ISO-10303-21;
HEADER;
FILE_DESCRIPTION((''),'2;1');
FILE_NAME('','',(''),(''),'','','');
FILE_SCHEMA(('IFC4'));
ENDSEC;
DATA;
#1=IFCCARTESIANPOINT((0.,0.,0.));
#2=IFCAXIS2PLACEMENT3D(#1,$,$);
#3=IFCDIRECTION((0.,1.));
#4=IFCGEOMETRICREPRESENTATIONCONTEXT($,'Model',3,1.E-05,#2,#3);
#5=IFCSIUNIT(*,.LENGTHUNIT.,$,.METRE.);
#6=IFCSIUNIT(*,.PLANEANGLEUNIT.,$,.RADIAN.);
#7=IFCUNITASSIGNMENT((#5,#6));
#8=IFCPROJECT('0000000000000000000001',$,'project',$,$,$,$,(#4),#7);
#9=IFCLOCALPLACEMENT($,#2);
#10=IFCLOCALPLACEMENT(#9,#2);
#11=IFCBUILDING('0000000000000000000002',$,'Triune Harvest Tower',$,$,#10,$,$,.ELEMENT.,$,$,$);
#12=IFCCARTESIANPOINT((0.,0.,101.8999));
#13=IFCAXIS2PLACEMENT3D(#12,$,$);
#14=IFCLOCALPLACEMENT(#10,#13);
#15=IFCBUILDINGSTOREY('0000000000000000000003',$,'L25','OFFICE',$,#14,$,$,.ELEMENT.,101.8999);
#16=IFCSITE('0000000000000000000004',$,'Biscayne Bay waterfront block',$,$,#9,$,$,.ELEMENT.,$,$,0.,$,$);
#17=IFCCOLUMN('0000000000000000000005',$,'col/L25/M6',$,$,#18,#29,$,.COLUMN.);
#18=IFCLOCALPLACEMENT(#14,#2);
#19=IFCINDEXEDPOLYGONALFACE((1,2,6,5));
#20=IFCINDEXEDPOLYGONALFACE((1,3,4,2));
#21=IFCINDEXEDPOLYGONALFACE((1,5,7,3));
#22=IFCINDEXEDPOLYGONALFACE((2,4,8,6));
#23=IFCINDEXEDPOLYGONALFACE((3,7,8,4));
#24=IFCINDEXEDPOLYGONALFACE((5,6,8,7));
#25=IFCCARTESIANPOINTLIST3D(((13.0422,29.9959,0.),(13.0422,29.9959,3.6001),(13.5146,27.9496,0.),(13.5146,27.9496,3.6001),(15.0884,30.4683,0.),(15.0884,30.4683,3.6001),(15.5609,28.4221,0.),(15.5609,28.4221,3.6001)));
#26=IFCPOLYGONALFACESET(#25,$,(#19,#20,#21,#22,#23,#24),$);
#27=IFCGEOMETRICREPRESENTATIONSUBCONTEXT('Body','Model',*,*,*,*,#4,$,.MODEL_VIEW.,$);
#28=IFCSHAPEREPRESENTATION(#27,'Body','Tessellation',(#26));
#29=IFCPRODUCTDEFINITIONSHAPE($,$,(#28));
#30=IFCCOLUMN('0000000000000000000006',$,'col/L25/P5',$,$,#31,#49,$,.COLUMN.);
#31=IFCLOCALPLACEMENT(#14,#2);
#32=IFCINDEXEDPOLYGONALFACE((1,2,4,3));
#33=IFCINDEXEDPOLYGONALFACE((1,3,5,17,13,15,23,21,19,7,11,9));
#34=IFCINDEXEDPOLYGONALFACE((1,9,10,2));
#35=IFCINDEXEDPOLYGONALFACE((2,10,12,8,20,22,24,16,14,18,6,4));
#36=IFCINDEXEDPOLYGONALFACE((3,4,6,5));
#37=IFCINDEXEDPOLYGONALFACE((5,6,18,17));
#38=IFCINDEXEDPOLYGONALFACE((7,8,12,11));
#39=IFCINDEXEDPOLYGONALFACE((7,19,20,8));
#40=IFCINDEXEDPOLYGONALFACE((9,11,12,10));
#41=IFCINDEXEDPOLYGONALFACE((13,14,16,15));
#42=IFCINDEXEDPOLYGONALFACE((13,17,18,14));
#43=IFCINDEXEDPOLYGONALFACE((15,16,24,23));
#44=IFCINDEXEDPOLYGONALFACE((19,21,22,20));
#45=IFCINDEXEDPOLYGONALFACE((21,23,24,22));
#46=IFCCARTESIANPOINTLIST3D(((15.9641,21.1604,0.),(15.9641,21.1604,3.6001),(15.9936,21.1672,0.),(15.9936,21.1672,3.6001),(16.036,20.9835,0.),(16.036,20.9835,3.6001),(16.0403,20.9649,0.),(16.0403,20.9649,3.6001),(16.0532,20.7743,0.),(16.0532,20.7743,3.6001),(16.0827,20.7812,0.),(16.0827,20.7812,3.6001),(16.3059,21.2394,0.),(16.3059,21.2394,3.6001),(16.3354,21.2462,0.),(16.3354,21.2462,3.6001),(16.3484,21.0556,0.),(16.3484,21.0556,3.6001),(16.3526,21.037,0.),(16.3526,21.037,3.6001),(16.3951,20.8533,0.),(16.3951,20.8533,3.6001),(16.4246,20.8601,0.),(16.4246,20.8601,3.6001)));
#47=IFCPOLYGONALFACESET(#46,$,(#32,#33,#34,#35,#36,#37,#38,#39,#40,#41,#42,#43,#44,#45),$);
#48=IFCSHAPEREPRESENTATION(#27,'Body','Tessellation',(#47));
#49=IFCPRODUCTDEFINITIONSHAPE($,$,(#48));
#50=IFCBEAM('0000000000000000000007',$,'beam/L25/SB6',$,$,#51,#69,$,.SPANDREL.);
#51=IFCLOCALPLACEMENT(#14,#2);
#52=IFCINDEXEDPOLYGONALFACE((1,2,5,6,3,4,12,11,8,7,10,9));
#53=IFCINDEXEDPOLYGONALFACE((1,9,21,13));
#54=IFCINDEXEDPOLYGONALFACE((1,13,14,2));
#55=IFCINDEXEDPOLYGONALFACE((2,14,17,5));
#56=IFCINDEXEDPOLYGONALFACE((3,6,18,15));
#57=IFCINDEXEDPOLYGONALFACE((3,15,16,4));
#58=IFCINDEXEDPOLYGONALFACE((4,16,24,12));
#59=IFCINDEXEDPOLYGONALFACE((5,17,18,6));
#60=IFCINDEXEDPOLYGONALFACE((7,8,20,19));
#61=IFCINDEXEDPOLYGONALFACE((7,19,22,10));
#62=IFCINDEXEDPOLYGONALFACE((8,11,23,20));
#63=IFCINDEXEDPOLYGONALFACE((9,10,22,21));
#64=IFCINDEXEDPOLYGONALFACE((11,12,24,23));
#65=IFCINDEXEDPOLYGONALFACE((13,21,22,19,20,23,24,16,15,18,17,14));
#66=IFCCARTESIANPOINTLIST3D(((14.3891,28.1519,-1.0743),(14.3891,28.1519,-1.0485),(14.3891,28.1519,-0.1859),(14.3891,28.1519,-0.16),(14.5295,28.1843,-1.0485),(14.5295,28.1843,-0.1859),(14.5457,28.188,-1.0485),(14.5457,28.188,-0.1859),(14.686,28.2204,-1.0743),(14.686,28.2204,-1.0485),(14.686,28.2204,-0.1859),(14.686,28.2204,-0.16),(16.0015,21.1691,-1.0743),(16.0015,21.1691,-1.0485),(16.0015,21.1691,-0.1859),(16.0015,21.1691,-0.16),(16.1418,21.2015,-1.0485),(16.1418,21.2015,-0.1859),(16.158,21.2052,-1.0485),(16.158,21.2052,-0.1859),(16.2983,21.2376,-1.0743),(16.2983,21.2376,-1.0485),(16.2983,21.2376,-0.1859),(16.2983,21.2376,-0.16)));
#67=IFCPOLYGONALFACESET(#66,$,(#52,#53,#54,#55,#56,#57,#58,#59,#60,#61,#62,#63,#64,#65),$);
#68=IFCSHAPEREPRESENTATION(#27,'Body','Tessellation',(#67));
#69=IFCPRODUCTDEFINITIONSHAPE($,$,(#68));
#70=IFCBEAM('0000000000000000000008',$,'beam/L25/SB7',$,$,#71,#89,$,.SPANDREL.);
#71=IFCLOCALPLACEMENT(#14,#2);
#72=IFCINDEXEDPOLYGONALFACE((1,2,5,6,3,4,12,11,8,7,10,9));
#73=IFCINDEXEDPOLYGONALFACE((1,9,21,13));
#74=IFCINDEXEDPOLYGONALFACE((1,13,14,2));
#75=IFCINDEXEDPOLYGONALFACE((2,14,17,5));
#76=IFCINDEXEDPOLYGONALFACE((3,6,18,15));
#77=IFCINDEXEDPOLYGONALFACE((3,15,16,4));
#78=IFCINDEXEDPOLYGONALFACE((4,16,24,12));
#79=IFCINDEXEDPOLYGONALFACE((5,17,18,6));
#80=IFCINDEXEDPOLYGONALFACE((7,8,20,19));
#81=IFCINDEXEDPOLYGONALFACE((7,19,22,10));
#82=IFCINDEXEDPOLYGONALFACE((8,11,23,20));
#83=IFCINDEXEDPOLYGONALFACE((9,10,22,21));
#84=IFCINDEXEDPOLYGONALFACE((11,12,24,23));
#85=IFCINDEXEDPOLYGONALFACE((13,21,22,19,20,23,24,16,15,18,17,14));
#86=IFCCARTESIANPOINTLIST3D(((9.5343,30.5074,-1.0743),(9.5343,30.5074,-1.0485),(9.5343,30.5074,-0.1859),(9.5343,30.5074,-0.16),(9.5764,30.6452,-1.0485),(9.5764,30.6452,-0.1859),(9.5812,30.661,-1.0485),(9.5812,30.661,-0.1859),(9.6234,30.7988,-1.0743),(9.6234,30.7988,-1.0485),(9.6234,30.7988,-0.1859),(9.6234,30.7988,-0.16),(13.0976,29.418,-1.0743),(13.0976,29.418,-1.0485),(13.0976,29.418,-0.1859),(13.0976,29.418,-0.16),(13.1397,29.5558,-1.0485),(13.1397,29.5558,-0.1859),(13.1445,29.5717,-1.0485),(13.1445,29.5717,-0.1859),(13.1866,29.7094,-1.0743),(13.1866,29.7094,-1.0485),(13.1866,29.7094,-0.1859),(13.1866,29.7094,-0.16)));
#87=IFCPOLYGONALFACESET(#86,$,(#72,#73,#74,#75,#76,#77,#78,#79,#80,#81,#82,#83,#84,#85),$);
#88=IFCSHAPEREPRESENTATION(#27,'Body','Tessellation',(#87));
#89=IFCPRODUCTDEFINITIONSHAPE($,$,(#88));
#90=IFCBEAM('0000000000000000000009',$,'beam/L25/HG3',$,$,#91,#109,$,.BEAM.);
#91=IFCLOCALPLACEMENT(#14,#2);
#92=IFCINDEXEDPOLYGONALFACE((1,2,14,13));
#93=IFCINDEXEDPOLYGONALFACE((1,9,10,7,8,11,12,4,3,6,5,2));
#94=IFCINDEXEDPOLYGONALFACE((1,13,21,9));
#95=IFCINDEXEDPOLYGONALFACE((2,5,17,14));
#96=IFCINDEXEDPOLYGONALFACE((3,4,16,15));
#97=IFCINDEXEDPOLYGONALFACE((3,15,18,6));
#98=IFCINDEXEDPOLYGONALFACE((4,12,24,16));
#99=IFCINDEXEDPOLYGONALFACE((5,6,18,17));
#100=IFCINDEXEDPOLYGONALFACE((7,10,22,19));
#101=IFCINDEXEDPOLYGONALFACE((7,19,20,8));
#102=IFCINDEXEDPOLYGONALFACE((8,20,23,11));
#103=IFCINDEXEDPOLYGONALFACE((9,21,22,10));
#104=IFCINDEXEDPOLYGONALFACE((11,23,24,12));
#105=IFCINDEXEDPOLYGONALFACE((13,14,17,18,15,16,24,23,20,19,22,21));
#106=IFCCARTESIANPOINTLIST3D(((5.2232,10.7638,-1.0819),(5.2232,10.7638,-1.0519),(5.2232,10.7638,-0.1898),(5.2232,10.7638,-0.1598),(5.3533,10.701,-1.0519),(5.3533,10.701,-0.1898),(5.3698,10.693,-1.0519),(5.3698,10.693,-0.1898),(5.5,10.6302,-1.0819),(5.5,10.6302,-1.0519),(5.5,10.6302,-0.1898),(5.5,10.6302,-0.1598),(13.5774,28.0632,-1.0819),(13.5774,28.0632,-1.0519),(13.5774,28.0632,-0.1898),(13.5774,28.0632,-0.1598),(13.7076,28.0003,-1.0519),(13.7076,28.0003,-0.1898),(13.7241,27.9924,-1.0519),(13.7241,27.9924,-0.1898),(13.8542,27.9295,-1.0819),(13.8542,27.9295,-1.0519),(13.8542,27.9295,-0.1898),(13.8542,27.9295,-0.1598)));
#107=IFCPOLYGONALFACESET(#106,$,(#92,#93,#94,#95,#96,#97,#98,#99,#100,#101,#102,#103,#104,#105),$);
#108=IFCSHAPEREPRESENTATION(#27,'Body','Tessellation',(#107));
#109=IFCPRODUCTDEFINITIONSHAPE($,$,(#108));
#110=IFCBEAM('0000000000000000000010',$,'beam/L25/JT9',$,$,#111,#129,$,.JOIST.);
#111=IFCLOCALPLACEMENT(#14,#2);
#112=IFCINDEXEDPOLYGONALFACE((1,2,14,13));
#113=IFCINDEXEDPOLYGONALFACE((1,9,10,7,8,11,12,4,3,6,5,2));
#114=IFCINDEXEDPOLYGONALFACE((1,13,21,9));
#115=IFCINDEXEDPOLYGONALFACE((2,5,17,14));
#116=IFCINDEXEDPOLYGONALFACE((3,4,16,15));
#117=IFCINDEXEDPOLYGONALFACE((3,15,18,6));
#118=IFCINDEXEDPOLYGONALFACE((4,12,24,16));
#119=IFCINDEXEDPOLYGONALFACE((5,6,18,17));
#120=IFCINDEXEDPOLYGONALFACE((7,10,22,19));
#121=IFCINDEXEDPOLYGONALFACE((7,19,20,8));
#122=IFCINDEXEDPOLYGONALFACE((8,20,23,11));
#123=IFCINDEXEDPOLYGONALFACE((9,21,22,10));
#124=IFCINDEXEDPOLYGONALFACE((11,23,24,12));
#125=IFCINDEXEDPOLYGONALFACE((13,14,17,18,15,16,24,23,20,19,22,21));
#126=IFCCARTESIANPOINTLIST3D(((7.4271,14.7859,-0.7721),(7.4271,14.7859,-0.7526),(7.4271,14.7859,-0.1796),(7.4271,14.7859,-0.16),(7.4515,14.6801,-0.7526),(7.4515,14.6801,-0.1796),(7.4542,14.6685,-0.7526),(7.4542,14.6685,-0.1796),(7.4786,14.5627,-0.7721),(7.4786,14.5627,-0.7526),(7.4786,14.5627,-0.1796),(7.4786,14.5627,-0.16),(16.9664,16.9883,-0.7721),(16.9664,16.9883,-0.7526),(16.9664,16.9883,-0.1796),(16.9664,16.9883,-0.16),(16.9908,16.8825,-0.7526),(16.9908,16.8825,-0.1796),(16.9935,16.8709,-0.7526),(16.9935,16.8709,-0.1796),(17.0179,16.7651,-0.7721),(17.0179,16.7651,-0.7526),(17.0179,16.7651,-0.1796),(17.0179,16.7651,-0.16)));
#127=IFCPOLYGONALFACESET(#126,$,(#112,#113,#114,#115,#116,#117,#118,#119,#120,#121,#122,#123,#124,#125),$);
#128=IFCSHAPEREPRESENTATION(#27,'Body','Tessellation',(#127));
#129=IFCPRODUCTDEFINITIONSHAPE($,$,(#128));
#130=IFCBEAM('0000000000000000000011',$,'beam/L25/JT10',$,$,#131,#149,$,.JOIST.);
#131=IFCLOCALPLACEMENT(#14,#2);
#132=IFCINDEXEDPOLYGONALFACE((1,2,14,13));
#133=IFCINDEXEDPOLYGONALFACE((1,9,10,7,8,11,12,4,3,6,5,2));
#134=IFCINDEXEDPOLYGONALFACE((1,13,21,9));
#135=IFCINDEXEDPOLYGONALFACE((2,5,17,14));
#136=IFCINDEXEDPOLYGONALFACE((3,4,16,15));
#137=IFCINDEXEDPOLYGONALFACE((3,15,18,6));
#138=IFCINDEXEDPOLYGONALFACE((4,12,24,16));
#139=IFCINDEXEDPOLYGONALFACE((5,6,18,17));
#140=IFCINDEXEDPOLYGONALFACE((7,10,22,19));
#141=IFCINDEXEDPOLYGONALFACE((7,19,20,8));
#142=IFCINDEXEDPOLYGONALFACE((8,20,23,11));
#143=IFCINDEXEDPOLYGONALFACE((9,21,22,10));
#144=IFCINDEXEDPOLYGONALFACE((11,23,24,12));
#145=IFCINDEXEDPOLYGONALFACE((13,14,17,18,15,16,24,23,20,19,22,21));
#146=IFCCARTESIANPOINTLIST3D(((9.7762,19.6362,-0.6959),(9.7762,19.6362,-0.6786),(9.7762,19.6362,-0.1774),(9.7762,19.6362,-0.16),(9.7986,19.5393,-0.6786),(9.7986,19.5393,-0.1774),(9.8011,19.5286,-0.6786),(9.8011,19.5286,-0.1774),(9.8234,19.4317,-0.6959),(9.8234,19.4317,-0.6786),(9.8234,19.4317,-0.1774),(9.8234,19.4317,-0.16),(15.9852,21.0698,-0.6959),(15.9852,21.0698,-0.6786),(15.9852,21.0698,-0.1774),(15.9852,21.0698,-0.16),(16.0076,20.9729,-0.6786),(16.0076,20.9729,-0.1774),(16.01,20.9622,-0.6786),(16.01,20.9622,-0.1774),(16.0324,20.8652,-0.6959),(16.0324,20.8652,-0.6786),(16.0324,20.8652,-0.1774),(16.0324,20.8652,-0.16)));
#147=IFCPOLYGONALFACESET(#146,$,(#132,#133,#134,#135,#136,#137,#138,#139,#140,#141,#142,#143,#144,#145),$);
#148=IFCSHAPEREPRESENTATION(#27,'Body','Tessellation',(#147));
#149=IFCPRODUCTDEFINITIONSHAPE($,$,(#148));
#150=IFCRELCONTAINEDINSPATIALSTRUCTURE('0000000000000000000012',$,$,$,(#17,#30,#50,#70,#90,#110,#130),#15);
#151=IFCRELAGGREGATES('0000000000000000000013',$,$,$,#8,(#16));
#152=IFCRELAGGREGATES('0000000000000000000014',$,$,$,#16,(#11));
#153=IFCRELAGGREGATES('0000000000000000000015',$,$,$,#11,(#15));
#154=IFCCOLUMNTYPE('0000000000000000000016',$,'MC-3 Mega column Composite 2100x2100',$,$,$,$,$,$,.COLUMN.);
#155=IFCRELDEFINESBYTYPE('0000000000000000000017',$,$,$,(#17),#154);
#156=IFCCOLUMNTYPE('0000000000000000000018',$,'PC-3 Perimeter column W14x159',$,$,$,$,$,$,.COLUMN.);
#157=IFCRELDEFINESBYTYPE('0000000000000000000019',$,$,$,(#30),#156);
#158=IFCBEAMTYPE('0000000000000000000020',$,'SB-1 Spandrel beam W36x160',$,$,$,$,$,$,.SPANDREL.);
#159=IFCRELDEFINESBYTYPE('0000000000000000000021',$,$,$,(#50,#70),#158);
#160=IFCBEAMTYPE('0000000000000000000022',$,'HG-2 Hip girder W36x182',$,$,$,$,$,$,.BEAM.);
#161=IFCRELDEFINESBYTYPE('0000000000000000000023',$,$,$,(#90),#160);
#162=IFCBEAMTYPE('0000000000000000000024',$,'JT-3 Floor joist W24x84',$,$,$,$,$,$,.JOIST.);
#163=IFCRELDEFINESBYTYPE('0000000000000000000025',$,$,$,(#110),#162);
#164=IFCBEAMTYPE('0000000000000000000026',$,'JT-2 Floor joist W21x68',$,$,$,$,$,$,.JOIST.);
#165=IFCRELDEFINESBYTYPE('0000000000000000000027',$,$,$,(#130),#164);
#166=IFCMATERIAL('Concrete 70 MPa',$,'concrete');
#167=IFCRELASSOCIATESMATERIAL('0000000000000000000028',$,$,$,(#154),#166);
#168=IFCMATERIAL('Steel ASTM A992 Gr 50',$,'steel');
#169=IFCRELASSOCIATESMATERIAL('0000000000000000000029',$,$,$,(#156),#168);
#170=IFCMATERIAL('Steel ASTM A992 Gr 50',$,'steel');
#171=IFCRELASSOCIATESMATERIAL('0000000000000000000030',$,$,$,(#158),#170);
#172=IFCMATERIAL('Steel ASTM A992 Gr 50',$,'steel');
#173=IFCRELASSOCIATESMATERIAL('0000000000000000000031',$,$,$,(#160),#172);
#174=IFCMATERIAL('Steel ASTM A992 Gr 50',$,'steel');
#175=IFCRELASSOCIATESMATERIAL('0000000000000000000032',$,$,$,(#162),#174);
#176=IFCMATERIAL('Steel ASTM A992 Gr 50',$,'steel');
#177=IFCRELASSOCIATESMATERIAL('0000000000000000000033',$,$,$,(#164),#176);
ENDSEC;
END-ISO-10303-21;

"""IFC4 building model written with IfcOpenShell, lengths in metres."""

from ifc_helpers import new_model, si_unit, direction, frame, origin, origin_2d, place, context, subcontext, project, spatial, rectangle, i_section, extrude, source, transform, mapped, material, material_profile, profile_set, type_object, element, save


model = new_model("IFC4")

# Units and contexts
model_context = context("Model", 3, precision=1e-05, world=origin(), true_north=direction((0.0, 1.0)))
body_context = subcontext(model_context, "Body", "Model", "MODEL_VIEW")
ifc_project = project(units=[si_unit("LENGTHUNIT", "METRE"), si_unit("PLANEANGLEUNIT", "RADIAN")], contexts=[model_context])

# Site, building, storey
site_placement = place(None, origin())
site = spatial("IfcSite", under=ifc_project, at=site_placement, Name="Biscayne Bay waterfront block", CompositionType="ELEMENT", RefElevation=0.0)
building_placement = place(site_placement, origin())
building = spatial("IfcBuilding", under=site, at=building_placement, Name="Triune Harvest Tower", CompositionType="ELEMENT")
storey_placement = place(building_placement, frame((0.0, 0.0, 101.8999)))
storey = spatial("IfcBuildingStorey", under=building, at=storey_placement, Name="L25", Description="OFFICE", CompositionType="ELEMENT", Elevation=101.8999)

# Columns
ifc_material_1 = material(Name="Concrete 70 MPa", Category="concrete")
ifc_material_profile_1 = material_profile(ifc_material_1, rectangle(XDim=2.1001, YDim=2.1001, at=origin_2d()), Name="Composite 2100x2100")
ifc_profile_set_1 = profile_set([ifc_material_profile_1], Name="Concrete 70 MPa")
column_type_1 = type_object("IfcColumnType", Name="MC-3 Mega column Composite 2100x2100", PredefinedType="COLUMN", material=ifc_profile_set_1)
shared_shape_1 = source(origin(), body_context, "Body", "SweptSolid", [
    extrude(rectangle(XDim=2.1001, YDim=2.1001, at=origin_2d()), origin(), (0.0, 0.0, 1.0), 3.6001),
])
column_1_placement = place(storey_placement, frame((14.3015, 29.209, 0.0), z_axis=(0.0, 0.0, 1.0), x_axis=(-0.224953, 0.97437, 0.0)))
element("IfcColumn", 1, at=column_1_placement, inside=storey, type_object=column_type_1, Name="col/L25/M6", PredefinedType="COLUMN", context=body_context, shape_type="MappedRepresentation", body=[
    mapped(shared_shape_1, transform((0.0, 0.0, 0.0), scale=1.0)),
])
ifc_material_2 = material(Name="Steel ASTM A992 Gr 50", Category="steel")
ifc_material_profile_2 = material_profile(ifc_material_2, i_section(OverallWidth=0.3962, OverallDepth=0.3811, WebThickness=0.019, FlangeThickness=0.0303, at=origin_2d()), Name="W14x159")
ifc_profile_set_2 = profile_set([ifc_material_profile_2], Name="Steel ASTM A992 Gr 50")
column_type_2 = type_object("IfcColumnType", Name="PC-3 Perimeter column W14x159", PredefinedType="COLUMN", material=ifc_profile_set_2)
shared_shape_2 = source(origin(), body_context, "Body", "SweptSolid", [
    extrude(i_section(OverallWidth=0.3962, OverallDepth=0.3811, WebThickness=0.019, FlangeThickness=0.0303, at=origin_2d()), origin(), (0.0, 0.0, 1.0), 3.6001),
])
column_2_placement = place(storey_placement, frame((16.1943, 21.0103, 0.0), z_axis=(0.0, 0.0, 1.0), x_axis=(-0.224953, 0.97437, 0.0)))
element("IfcColumn", 2, at=column_2_placement, inside=storey, type_object=column_type_2, Name="col/L25/P5", PredefinedType="COLUMN", context=body_context, shape_type="MappedRepresentation", body=[
    mapped(shared_shape_2, transform((0.0, 0.0, 0.0), scale=1.0)),
])

# Beams
ifc_material_3 = material(Name="Steel ASTM A992 Gr 50", Category="steel")
ifc_material_profile_3 = material_profile(ifc_material_3, i_section(OverallWidth=0.3047, OverallDepth=0.9143, WebThickness=0.0166, FlangeThickness=0.0259, at=origin_2d()), Name="W36x160")
ifc_profile_set_3 = profile_set([ifc_material_profile_3], Name="Steel ASTM A992 Gr 50")
beam_type_1 = type_object("IfcBeamType", Name="SB-1 Spandrel beam W36x160", PredefinedType="SPANDREL", material=ifc_profile_set_3)
shared_shape_3 = source(origin(), body_context, "Body", "SweptSolid", [
    extrude(i_section(OverallWidth=0.3047, OverallDepth=0.9143, WebThickness=0.0166, FlangeThickness=0.0259, at=origin_2d()), origin(), (0.0, 0.0, 1.0), 7.1665),
])
beam_1_placement = place(storey_placement, frame((16.1499, 21.2034, -0.6172), z_axis=(-0.224981, 0.974363, 0.0), x_axis=(-0.974363, -0.224981, 0.0)))
element("IfcBeam", 3, at=beam_1_placement, inside=storey, type_object=beam_type_1, Name="beam/L25/SB6", PredefinedType="SPANDREL", context=body_context, shape_type="MappedRepresentation", body=[
    mapped(shared_shape_3, transform((0.0, 0.0, 0.0), scale=1.0)),
])
shared_shape_4 = source(origin(), body_context, "Body", "SweptSolid", [
    extrude(i_section(OverallWidth=0.3047, OverallDepth=0.9143, WebThickness=0.0166, FlangeThickness=0.0259, at=origin_2d()), origin(), (0.0, 0.0, 1.0), 3.7261),
])
beam_2_placement = place(storey_placement, frame((13.1421, 29.5637, -0.6172), z_axis=(-0.956307, 0.292363, 0.0), x_axis=(-0.292363, -0.956307, 0.0)))
element("IfcBeam", 4, at=beam_2_placement, inside=storey, type_object=beam_type_1, Name="beam/L25/SB7", PredefinedType="SPANDREL", context=body_context, shape_type="MappedRepresentation", body=[
    mapped(shared_shape_4, transform((0.0, 0.0, 0.0), scale=1.0)),
])
ifc_material_4 = material(Name="Steel ASTM A992 Gr 50", Category="steel")
ifc_material_profile_4 = material_profile(ifc_material_4, i_section(OverallWidth=0.3074, OverallDepth=0.9221, WebThickness=0.0183, FlangeThickness=0.03, at=origin_2d()), Name="W36x182")
ifc_profile_set_4 = profile_set([ifc_material_profile_4], Name="Steel ASTM A992 Gr 50")
beam_type_2 = type_object("IfcBeamType", Name="HG-2 Hip girder W36x182", PredefinedType="BEAM", material=ifc_profile_set_4)
shared_shape_5 = source(origin(), body_context, "Body", "SweptSolid", [
    extrude(i_section(OverallWidth=0.3074, OverallDepth=0.9221, WebThickness=0.0183, FlangeThickness=0.03, at=origin_2d()), origin(), (0.0, 0.0, 1.0), 19.2109),
])
beam_3_placement = place(storey_placement, frame((13.7158, 27.9963, -0.6208), z_axis=(-0.43487, -0.900493, 0.0), x_axis=(0.900493, -0.43487, 0.0)))
element("IfcBeam", 5, at=beam_3_placement, inside=storey, type_object=beam_type_2, Name="beam/L25/HG3", PredefinedType="BEAM", context=body_context, shape_type="MappedRepresentation", body=[
    mapped(shared_shape_5, transform((0.0, 0.0, 0.0), scale=1.0)),
])
ifc_material_5 = material(Name="Steel ASTM A992 Gr 50", Category="steel")
ifc_material_profile_5 = material_profile(ifc_material_5, i_section(OverallWidth=0.229, OverallDepth=0.6121, WebThickness=0.012, FlangeThickness=0.0195, at=origin_2d()), Name="W24x84")
ifc_profile_set_5 = profile_set([ifc_material_profile_5], Name="Steel ASTM A992 Gr 50")
beam_type_3 = type_object("IfcBeamType", Name="JT-3 Floor joist W24x84", PredefinedType="JOIST", material=ifc_profile_set_5)
shared_shape_6 = source(origin(), body_context, "Body", "SweptSolid", [
    extrude(i_section(OverallWidth=0.229, OverallDepth=0.6121, WebThickness=0.012, FlangeThickness=0.0195, at=origin_2d()), origin(), (0.0, 0.0, 1.0), 9.7903),
])
beam_4_placement = place(storey_placement, frame((16.9922, 16.8767, -0.4661), z_axis=(-0.974368, -0.224958, 0.0), x_axis=(0.224958, -0.974368, 0.0)))
element("IfcBeam", 6, at=beam_4_placement, inside=storey, type_object=beam_type_3, Name="beam/L25/JT9", PredefinedType="JOIST", context=body_context, shape_type="MappedRepresentation", body=[
    mapped(shared_shape_6, transform((0.0, 0.0, 0.0), scale=1.0)),
])
ifc_material_6 = material(Name="Steel ASTM A992 Gr 50", Category="steel")
ifc_material_profile_6 = material_profile(ifc_material_6, i_section(OverallWidth=0.21, OverallDepth=0.5359, WebThickness=0.011, FlangeThickness=0.0173, at=origin_2d()), Name="W21x68")
ifc_profile_set_6 = profile_set([ifc_material_profile_6], Name="Steel ASTM A992 Gr 50")
beam_type_4 = type_object("IfcBeamType", Name="JT-2 Floor joist W21x68", PredefinedType="JOIST", material=ifc_profile_set_6)
shared_shape_7 = source(origin(), body_context, "Body", "SweptSolid", [
    extrude(i_section(OverallWidth=0.21, OverallDepth=0.5359, WebThickness=0.011, FlangeThickness=0.0173, at=origin_2d()), origin(), (0.0, 0.0, 1.0), 6.3723),
])
beam_5_placement = place(storey_placement, frame((16.0088, 20.9675, -0.428), z_axis=(-0.974365, -0.224971, 0.0), x_axis=(0.224971, -0.974365, 0.0)))
element("IfcBeam", 7, at=beam_5_placement, inside=storey, type_object=beam_type_4, Name="beam/L25/JT10", PredefinedType="JOIST", context=body_context, shape_type="MappedRepresentation", body=[
    mapped(shared_shape_7, transform((0.0, 0.0, 0.0), scale=1.0)),
])

save(model, "model.ifc")
